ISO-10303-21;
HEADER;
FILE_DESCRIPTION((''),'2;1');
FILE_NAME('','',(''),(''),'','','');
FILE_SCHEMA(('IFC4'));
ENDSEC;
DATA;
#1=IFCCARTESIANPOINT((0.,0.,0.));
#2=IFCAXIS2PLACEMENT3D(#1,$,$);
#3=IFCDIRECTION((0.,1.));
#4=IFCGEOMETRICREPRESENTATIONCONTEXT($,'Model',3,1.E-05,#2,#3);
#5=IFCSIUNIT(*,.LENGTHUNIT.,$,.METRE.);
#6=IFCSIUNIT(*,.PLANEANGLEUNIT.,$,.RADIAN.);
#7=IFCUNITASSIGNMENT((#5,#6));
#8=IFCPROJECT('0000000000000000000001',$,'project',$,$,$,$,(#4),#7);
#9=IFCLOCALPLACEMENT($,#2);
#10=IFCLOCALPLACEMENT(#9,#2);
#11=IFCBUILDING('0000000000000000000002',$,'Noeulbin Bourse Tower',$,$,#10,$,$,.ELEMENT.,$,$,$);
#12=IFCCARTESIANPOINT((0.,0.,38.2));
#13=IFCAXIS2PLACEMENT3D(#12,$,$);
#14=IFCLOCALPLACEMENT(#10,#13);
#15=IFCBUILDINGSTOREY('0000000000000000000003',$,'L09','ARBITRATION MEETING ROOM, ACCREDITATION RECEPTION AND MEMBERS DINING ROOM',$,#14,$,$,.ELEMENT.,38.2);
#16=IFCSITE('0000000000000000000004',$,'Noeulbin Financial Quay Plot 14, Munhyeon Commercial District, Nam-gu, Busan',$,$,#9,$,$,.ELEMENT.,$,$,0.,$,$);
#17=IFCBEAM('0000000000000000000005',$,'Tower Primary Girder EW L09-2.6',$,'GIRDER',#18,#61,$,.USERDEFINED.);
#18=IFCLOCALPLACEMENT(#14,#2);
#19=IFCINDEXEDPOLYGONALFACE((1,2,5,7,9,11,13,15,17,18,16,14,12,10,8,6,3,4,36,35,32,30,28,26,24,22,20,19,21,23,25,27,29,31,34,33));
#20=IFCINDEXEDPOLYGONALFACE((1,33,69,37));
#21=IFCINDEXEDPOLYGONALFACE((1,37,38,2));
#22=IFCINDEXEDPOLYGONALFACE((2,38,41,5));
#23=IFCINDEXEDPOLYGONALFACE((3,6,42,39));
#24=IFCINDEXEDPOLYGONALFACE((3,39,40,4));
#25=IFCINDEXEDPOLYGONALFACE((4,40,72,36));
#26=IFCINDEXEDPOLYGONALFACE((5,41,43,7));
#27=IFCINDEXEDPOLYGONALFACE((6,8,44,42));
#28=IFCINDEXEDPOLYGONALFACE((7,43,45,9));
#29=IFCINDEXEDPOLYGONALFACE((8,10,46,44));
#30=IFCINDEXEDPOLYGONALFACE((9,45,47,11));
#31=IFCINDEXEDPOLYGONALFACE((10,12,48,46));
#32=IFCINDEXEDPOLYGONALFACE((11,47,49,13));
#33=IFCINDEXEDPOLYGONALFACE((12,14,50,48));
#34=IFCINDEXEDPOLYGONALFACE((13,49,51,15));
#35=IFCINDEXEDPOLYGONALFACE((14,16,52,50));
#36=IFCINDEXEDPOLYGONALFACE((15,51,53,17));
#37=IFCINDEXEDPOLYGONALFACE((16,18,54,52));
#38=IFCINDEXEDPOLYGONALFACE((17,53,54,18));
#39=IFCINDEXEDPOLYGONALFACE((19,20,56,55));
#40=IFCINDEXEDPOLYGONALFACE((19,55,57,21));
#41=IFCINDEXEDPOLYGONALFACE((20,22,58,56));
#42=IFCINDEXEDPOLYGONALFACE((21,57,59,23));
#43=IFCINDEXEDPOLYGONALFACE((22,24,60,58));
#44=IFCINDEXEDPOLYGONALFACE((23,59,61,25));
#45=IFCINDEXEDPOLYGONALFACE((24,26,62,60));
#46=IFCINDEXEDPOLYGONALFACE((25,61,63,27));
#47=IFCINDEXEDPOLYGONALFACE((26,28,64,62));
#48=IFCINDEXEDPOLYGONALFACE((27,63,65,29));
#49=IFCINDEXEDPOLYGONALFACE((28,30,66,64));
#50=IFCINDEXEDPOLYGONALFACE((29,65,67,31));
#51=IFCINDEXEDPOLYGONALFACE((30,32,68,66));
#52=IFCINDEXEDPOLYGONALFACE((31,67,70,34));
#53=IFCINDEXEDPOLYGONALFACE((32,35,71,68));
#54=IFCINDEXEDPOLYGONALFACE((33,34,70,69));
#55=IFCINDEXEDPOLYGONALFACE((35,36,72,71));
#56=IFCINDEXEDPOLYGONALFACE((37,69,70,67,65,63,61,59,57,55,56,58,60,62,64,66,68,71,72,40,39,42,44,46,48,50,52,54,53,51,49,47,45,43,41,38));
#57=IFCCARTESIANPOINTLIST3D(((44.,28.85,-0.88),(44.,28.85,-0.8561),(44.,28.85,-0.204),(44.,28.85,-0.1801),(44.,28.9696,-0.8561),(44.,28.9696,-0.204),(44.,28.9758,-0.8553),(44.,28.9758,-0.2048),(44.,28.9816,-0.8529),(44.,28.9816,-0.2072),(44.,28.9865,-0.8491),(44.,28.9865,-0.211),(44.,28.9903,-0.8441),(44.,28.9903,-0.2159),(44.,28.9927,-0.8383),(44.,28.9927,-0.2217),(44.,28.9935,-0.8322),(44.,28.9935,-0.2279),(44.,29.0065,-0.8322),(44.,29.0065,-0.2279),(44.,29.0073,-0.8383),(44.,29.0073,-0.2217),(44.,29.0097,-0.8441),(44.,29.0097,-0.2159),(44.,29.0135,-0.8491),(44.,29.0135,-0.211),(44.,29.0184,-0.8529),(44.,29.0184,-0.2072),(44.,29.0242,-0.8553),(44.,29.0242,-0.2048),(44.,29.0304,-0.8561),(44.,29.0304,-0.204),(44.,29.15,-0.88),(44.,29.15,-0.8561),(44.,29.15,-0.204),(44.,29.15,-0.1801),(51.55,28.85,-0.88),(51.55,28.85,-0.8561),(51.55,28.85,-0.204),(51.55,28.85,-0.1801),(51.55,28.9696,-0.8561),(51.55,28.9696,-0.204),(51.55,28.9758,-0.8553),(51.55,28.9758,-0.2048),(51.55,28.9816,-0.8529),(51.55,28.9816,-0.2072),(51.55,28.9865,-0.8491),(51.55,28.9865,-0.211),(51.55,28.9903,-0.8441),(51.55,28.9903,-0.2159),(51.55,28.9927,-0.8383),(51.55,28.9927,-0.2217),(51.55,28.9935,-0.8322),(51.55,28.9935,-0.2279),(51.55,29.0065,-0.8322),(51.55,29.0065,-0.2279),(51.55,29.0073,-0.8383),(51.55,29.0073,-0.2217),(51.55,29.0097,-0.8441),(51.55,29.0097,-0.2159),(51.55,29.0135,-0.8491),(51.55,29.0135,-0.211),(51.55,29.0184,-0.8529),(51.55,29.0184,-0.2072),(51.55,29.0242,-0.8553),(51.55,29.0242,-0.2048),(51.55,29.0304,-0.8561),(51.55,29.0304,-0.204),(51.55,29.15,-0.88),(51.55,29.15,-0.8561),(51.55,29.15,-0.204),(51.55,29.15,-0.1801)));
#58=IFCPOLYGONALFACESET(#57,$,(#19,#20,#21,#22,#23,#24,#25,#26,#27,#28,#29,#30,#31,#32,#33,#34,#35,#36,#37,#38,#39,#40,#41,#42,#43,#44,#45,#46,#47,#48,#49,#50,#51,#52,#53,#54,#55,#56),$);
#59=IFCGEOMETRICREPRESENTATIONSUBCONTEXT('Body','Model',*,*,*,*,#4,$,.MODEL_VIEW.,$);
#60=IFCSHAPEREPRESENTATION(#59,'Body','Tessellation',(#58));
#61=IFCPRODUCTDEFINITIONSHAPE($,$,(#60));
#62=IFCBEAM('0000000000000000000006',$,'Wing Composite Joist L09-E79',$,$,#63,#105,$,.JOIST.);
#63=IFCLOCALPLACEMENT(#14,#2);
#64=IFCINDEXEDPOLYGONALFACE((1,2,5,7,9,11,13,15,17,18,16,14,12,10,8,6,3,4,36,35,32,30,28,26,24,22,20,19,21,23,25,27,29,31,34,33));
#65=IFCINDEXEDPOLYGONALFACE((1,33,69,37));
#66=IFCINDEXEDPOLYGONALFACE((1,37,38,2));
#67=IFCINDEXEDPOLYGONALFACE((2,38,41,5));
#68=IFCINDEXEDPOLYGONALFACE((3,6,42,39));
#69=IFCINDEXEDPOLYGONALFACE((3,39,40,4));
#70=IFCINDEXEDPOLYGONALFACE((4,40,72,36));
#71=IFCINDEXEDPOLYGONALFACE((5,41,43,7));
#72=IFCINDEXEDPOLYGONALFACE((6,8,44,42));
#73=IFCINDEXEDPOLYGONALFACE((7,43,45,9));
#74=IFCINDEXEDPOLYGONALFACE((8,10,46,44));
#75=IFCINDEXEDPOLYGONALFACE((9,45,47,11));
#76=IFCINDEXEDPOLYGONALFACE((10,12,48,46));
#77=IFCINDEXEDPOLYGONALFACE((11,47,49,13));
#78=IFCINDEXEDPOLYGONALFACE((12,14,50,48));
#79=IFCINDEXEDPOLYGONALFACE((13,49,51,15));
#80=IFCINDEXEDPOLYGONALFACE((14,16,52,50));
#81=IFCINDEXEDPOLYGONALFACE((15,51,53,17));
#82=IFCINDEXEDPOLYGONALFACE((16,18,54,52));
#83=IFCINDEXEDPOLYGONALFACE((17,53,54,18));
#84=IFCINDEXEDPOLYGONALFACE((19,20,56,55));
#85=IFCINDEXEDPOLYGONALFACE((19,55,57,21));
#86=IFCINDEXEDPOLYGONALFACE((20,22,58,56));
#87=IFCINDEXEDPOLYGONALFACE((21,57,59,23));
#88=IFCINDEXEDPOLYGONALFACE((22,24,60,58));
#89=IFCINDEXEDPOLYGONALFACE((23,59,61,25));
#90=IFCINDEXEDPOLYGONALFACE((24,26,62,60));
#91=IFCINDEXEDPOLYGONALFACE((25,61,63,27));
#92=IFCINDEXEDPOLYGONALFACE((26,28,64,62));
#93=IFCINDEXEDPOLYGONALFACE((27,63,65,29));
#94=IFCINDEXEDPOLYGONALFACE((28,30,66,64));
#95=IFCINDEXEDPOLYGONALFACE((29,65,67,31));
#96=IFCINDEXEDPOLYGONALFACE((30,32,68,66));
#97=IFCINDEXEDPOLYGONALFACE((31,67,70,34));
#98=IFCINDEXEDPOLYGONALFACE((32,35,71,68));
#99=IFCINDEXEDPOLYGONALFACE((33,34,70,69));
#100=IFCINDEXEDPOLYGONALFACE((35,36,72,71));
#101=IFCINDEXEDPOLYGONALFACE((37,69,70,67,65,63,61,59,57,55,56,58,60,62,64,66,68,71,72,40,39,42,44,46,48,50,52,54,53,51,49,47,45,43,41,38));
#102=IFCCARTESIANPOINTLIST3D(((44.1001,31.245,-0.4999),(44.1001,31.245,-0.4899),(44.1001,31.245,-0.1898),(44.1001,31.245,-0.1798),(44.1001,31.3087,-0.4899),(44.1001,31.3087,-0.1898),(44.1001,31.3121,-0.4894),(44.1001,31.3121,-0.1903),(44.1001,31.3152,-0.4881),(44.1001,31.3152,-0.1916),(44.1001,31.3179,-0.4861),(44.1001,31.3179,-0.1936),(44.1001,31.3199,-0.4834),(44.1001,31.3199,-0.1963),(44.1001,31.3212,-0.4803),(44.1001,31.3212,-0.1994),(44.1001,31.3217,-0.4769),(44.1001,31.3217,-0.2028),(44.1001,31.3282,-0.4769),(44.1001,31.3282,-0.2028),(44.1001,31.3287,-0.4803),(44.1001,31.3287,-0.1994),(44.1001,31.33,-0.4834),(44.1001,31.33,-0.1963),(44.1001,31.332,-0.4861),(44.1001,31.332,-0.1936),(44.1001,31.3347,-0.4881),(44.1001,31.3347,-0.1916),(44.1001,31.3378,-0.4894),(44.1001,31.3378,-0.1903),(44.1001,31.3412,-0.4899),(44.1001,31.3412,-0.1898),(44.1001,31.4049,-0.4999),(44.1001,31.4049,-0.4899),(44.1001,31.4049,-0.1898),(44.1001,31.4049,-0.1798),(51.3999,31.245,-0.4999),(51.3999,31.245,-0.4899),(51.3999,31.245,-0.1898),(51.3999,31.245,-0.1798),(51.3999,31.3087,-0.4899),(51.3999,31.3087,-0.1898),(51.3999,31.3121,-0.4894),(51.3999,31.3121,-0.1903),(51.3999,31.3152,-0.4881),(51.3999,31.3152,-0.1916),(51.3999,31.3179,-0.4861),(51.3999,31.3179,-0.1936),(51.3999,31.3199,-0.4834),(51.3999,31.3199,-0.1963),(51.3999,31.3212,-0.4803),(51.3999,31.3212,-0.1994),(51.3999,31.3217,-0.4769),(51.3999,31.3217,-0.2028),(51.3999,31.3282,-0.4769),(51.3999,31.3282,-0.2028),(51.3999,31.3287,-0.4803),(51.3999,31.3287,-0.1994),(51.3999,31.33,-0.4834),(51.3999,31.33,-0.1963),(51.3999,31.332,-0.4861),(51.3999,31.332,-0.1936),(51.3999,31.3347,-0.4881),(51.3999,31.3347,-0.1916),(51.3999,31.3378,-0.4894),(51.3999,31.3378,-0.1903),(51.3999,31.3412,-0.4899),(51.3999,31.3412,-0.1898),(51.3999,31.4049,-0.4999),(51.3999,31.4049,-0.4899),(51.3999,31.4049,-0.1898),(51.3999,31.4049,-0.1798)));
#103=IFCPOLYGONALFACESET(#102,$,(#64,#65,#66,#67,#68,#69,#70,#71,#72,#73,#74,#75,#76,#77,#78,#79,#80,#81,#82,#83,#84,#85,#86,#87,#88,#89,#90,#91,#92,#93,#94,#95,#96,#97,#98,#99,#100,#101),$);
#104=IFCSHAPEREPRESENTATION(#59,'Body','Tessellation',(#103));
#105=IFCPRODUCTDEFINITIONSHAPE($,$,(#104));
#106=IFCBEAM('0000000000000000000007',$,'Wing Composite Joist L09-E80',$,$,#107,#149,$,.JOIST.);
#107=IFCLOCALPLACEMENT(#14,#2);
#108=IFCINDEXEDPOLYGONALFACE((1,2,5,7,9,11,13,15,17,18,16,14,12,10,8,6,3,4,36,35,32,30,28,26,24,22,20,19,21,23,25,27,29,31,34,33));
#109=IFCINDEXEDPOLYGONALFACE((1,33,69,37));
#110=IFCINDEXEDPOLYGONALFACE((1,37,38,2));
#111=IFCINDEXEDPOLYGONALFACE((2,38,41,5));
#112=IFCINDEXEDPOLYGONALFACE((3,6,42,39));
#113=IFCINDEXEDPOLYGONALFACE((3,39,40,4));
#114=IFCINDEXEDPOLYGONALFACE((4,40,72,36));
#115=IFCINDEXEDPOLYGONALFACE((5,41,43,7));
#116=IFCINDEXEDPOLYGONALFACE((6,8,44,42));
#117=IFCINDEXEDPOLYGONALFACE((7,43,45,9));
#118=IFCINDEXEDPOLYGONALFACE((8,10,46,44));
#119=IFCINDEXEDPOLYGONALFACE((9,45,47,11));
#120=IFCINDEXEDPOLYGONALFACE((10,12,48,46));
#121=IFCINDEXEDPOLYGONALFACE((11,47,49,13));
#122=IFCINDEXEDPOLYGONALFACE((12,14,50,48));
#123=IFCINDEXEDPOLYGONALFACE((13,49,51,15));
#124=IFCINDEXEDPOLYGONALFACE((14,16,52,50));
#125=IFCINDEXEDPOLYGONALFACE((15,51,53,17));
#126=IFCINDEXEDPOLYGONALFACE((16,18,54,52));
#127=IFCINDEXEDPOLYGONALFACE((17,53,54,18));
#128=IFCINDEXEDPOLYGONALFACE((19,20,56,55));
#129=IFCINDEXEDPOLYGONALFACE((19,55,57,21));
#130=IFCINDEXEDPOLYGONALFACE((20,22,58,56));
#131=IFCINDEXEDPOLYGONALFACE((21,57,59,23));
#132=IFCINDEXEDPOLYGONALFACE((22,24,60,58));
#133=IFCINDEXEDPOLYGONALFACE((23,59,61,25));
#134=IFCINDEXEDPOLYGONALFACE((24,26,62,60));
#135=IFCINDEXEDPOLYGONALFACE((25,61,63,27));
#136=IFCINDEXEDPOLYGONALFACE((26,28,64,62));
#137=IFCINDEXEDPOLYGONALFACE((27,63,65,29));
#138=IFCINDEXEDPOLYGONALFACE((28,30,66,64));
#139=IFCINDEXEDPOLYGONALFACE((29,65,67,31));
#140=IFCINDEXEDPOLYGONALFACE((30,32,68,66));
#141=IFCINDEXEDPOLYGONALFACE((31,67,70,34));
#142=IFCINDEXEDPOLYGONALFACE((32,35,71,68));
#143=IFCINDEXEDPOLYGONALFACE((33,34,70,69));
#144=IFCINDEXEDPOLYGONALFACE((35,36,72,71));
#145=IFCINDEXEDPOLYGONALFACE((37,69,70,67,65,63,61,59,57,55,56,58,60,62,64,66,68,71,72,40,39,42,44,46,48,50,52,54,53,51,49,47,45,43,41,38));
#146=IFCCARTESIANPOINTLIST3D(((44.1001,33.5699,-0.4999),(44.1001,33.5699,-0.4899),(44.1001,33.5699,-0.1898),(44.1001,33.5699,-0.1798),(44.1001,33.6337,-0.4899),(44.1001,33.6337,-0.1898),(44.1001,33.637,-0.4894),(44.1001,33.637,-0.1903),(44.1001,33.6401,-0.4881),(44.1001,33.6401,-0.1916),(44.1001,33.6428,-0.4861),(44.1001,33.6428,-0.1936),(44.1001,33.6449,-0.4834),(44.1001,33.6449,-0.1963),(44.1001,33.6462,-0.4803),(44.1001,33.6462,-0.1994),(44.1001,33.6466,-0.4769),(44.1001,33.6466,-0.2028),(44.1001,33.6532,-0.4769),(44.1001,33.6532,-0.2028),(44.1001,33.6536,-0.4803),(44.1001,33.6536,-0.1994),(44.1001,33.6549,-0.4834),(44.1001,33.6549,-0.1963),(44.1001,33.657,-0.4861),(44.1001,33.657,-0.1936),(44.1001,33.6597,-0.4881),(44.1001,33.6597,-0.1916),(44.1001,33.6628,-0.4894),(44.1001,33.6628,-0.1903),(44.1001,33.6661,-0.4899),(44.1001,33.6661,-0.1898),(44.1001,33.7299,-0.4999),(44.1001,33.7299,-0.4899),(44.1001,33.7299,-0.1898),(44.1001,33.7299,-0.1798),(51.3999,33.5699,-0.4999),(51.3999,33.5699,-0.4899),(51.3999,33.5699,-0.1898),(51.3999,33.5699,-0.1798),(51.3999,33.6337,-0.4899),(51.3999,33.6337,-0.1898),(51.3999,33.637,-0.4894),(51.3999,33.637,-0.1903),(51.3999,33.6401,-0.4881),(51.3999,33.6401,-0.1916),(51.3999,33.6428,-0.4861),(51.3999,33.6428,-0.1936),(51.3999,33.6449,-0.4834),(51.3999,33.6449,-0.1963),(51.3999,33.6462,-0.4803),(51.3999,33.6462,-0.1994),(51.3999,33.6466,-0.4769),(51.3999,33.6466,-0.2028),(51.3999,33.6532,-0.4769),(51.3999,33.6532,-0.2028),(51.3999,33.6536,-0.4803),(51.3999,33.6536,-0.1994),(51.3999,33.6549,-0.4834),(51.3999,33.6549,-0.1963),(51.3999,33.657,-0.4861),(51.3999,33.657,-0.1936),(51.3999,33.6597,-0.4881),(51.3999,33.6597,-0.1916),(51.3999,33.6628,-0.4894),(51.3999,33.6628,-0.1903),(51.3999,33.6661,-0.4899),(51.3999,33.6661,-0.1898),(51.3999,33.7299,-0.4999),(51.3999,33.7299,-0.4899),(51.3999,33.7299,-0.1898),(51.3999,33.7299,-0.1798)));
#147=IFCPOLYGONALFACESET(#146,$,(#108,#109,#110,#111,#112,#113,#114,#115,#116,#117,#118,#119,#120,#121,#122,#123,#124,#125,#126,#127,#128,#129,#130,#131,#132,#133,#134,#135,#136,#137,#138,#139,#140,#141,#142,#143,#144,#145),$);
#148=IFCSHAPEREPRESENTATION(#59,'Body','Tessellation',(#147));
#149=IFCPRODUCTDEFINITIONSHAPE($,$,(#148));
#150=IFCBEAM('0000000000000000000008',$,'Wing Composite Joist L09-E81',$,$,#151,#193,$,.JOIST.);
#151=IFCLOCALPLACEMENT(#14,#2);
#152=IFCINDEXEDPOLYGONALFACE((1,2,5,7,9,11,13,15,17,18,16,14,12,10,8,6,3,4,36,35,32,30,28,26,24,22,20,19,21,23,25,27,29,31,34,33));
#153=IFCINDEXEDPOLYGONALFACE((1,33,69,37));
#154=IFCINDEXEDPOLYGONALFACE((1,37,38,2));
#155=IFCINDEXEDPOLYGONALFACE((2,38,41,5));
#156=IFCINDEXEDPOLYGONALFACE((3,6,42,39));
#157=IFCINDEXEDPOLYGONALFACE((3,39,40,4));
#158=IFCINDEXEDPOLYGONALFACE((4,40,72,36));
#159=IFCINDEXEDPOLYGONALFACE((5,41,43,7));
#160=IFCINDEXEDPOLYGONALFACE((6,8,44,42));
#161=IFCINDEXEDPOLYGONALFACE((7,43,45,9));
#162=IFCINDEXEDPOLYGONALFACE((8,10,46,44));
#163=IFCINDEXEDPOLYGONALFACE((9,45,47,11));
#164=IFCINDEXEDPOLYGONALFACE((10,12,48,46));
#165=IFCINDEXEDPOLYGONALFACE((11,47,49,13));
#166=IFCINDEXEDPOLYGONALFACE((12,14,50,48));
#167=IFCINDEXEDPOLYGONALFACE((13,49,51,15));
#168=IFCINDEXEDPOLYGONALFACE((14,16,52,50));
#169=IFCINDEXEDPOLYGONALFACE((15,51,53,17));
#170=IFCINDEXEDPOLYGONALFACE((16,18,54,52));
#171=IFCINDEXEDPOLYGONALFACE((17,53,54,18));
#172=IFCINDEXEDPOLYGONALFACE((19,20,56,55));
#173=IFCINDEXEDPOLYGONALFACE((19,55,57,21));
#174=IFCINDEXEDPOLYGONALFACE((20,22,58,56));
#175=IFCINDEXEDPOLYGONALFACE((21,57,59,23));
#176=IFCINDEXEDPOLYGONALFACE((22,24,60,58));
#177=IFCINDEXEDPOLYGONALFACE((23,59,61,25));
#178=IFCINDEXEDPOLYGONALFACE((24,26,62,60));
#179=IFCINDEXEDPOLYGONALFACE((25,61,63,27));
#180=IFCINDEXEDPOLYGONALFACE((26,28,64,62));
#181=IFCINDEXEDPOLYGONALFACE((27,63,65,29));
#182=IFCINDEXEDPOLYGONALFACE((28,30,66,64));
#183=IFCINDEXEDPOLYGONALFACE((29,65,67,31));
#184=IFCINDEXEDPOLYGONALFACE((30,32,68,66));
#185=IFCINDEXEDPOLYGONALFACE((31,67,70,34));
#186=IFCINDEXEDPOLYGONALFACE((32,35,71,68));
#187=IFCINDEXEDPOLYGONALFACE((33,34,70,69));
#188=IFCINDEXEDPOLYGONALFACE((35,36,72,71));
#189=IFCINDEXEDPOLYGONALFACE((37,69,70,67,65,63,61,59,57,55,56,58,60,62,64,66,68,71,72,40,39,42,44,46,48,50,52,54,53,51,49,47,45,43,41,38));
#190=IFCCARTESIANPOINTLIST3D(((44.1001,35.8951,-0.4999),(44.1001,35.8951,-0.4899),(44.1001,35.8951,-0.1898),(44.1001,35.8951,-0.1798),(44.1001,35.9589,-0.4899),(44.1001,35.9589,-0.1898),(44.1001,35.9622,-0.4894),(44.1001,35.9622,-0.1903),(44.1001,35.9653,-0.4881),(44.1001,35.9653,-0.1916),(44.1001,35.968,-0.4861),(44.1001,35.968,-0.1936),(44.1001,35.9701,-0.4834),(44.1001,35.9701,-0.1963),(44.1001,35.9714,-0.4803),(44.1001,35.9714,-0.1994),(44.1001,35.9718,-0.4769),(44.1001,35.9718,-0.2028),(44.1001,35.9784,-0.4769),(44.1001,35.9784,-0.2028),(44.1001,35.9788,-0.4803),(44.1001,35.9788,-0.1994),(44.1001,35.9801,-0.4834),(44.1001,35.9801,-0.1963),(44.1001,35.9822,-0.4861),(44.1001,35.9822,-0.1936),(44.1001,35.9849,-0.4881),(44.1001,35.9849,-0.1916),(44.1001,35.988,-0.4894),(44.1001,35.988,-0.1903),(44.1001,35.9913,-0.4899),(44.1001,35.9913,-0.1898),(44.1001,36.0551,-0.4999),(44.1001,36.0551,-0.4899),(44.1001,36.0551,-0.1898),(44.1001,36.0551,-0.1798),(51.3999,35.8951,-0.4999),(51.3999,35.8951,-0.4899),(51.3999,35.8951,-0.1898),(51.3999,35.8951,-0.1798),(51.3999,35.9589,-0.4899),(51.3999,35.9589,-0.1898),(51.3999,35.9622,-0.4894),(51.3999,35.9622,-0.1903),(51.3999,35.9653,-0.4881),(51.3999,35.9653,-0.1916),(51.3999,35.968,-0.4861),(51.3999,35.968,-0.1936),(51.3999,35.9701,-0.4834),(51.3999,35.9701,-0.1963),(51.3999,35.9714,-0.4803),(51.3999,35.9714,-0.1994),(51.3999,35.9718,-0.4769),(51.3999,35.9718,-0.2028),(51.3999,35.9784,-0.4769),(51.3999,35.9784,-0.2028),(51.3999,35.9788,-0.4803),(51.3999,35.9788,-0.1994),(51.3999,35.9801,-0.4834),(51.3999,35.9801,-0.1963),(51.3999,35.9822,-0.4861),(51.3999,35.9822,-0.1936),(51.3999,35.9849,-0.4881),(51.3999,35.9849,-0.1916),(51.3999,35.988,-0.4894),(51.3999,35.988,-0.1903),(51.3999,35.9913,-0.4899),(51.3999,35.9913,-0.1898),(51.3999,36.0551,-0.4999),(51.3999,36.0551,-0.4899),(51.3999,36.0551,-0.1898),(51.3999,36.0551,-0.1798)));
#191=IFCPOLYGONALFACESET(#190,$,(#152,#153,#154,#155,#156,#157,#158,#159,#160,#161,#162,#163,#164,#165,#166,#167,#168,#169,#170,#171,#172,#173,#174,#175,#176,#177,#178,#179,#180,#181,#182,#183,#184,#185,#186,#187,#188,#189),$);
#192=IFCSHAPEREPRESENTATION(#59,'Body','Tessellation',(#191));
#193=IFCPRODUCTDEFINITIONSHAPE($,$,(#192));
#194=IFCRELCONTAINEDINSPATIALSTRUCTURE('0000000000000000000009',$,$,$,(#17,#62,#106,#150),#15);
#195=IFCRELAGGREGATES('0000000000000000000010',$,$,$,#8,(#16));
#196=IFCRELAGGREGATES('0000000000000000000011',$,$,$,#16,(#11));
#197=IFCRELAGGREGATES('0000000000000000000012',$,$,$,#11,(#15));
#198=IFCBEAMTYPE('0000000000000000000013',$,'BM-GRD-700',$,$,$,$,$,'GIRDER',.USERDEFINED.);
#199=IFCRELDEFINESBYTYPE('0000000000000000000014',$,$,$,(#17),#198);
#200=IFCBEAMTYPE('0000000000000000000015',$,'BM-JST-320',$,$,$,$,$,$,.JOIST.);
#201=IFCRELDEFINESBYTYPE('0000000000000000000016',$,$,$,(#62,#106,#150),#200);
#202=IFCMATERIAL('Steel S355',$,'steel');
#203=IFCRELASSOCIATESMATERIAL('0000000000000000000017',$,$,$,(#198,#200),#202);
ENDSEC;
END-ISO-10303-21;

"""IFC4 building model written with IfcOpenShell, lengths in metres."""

from ifc_helpers import new_model, si_unit, direction, frame, origin, origin_2d, place, context, subcontext, project, spatial, i_section, extrude, material, material_profile, profile_set, type_object, element, save


model = new_model("IFC4")

# Units and contexts
model_context = context("Model", 3, precision=1e-05, world=origin(), true_north=direction((0.0, 1.0)))
body_context = subcontext(model_context, "Body", "Model", "MODEL_VIEW")
ifc_project = project(units=[si_unit("LENGTHUNIT", "METRE"), si_unit("PLANEANGLEUNIT", "RADIAN")], contexts=[model_context])

# Site, building, storey
site_placement = place(None, origin())
site = spatial("IfcSite", under=ifc_project, at=site_placement, Name="Noeulbin Financial Quay Plot 14, Munhyeon Commercial District, Nam-gu, Busan", CompositionType="ELEMENT", RefElevation=0.0)
building_placement = place(site_placement, origin())
building = spatial("IfcBuilding", under=site, at=building_placement, Name="Noeulbin Bourse Tower", CompositionType="ELEMENT")
storey_placement = place(building_placement, frame((0.0, 0.0, 38.2)))
storey = spatial("IfcBuildingStorey", under=building, at=storey_placement, Name="L09", Description="ARBITRATION MEETING ROOM, ACCREDITATION RECEPTION AND MEMBERS DINING ROOM", CompositionType="ELEMENT", Elevation=38.2)

# Beams
ifc_material_1 = material(Name="Steel S355", Category="steel")
ifc_material_profile_1 = material_profile(ifc_material_1, i_section(OverallWidth=0.3, OverallDepth=0.7, WebThickness=0.0129, FlangeThickness=0.0239, FilletRadius=0.0239, at=origin_2d()), Name="H-700x300x13x24", Category="LoadBearing")
ifc_profile_set_1 = profile_set([ifc_material_profile_1], Name="Steel S355")
beam_type_1 = type_object("IfcBeamType", Name="BM-GRD-700", ElementType="GIRDER", PredefinedType="USERDEFINED", material=ifc_profile_set_1)
beam_1_placement = place(storey_placement, frame((44.0, 29.0, -0.53), z_axis=(1.0, 0.0, 0.0), x_axis=(0.0, 1.0, 0.0)))
element("IfcBeam", 1, at=beam_1_placement, inside=storey, type_object=beam_type_1, Name="Tower Primary Girder EW L09-2.6", ObjectType="GIRDER", PredefinedType="USERDEFINED", context=body_context, shape_type="SweptSolid", body=[
    extrude(i_section(OverallWidth=0.3, OverallDepth=0.7, WebThickness=0.0129, FlangeThickness=0.0239, FilletRadius=0.0239, at=origin_2d()), origin(), (0.0, 0.0, 1.0), 7.55),
])
ifc_material_profile_2 = material_profile(ifc_material_1, i_section(OverallWidth=0.1599, OverallDepth=0.3201, WebThickness=0.0066, FlangeThickness=0.01, FilletRadius=0.0129, at=origin_2d()), Name="H-320x160x6.5x10", Category="LoadBearing")
ifc_profile_set_2 = profile_set([ifc_material_profile_2], Name="Steel S355")
beam_type_2 = type_object("IfcBeamType", Name="BM-JST-320", PredefinedType="JOIST", material=ifc_profile_set_2)
for number, where, z_axis, x_axis, name in (
    (2, (44.1001, 31.325, -0.3398), (1.0, 0.0, 0.0), (0.0, 1.0, 0.0), "Wing Composite Joist L09-E79"),
    (3, (44.1001, 33.6499, -0.3398), (1.0, 0.0, 0.0), (0.0, 1.0, 0.0), "Wing Composite Joist L09-E80"),
    (4, (44.1001, 35.9751, -0.3398), (1.0, 0.0, 0.0), (0.0, 1.0, 0.0), "Wing Composite Joist L09-E81"),
):
    element("IfcBeam", number, at=place(storey_placement, frame(where, z_axis=z_axis, x_axis=x_axis)), inside=storey, type_object=beam_type_2, Name=name, PredefinedType="JOIST", context=body_context, shape_type="SweptSolid", body=[
        extrude(i_section(OverallWidth=0.1599, OverallDepth=0.3201, WebThickness=0.0066, FlangeThickness=0.01, FilletRadius=0.0129, at=origin_2d()), origin(), (0.0, 0.0, 1.0), 7.2998),
    ])

save(model, "model.ifc")
